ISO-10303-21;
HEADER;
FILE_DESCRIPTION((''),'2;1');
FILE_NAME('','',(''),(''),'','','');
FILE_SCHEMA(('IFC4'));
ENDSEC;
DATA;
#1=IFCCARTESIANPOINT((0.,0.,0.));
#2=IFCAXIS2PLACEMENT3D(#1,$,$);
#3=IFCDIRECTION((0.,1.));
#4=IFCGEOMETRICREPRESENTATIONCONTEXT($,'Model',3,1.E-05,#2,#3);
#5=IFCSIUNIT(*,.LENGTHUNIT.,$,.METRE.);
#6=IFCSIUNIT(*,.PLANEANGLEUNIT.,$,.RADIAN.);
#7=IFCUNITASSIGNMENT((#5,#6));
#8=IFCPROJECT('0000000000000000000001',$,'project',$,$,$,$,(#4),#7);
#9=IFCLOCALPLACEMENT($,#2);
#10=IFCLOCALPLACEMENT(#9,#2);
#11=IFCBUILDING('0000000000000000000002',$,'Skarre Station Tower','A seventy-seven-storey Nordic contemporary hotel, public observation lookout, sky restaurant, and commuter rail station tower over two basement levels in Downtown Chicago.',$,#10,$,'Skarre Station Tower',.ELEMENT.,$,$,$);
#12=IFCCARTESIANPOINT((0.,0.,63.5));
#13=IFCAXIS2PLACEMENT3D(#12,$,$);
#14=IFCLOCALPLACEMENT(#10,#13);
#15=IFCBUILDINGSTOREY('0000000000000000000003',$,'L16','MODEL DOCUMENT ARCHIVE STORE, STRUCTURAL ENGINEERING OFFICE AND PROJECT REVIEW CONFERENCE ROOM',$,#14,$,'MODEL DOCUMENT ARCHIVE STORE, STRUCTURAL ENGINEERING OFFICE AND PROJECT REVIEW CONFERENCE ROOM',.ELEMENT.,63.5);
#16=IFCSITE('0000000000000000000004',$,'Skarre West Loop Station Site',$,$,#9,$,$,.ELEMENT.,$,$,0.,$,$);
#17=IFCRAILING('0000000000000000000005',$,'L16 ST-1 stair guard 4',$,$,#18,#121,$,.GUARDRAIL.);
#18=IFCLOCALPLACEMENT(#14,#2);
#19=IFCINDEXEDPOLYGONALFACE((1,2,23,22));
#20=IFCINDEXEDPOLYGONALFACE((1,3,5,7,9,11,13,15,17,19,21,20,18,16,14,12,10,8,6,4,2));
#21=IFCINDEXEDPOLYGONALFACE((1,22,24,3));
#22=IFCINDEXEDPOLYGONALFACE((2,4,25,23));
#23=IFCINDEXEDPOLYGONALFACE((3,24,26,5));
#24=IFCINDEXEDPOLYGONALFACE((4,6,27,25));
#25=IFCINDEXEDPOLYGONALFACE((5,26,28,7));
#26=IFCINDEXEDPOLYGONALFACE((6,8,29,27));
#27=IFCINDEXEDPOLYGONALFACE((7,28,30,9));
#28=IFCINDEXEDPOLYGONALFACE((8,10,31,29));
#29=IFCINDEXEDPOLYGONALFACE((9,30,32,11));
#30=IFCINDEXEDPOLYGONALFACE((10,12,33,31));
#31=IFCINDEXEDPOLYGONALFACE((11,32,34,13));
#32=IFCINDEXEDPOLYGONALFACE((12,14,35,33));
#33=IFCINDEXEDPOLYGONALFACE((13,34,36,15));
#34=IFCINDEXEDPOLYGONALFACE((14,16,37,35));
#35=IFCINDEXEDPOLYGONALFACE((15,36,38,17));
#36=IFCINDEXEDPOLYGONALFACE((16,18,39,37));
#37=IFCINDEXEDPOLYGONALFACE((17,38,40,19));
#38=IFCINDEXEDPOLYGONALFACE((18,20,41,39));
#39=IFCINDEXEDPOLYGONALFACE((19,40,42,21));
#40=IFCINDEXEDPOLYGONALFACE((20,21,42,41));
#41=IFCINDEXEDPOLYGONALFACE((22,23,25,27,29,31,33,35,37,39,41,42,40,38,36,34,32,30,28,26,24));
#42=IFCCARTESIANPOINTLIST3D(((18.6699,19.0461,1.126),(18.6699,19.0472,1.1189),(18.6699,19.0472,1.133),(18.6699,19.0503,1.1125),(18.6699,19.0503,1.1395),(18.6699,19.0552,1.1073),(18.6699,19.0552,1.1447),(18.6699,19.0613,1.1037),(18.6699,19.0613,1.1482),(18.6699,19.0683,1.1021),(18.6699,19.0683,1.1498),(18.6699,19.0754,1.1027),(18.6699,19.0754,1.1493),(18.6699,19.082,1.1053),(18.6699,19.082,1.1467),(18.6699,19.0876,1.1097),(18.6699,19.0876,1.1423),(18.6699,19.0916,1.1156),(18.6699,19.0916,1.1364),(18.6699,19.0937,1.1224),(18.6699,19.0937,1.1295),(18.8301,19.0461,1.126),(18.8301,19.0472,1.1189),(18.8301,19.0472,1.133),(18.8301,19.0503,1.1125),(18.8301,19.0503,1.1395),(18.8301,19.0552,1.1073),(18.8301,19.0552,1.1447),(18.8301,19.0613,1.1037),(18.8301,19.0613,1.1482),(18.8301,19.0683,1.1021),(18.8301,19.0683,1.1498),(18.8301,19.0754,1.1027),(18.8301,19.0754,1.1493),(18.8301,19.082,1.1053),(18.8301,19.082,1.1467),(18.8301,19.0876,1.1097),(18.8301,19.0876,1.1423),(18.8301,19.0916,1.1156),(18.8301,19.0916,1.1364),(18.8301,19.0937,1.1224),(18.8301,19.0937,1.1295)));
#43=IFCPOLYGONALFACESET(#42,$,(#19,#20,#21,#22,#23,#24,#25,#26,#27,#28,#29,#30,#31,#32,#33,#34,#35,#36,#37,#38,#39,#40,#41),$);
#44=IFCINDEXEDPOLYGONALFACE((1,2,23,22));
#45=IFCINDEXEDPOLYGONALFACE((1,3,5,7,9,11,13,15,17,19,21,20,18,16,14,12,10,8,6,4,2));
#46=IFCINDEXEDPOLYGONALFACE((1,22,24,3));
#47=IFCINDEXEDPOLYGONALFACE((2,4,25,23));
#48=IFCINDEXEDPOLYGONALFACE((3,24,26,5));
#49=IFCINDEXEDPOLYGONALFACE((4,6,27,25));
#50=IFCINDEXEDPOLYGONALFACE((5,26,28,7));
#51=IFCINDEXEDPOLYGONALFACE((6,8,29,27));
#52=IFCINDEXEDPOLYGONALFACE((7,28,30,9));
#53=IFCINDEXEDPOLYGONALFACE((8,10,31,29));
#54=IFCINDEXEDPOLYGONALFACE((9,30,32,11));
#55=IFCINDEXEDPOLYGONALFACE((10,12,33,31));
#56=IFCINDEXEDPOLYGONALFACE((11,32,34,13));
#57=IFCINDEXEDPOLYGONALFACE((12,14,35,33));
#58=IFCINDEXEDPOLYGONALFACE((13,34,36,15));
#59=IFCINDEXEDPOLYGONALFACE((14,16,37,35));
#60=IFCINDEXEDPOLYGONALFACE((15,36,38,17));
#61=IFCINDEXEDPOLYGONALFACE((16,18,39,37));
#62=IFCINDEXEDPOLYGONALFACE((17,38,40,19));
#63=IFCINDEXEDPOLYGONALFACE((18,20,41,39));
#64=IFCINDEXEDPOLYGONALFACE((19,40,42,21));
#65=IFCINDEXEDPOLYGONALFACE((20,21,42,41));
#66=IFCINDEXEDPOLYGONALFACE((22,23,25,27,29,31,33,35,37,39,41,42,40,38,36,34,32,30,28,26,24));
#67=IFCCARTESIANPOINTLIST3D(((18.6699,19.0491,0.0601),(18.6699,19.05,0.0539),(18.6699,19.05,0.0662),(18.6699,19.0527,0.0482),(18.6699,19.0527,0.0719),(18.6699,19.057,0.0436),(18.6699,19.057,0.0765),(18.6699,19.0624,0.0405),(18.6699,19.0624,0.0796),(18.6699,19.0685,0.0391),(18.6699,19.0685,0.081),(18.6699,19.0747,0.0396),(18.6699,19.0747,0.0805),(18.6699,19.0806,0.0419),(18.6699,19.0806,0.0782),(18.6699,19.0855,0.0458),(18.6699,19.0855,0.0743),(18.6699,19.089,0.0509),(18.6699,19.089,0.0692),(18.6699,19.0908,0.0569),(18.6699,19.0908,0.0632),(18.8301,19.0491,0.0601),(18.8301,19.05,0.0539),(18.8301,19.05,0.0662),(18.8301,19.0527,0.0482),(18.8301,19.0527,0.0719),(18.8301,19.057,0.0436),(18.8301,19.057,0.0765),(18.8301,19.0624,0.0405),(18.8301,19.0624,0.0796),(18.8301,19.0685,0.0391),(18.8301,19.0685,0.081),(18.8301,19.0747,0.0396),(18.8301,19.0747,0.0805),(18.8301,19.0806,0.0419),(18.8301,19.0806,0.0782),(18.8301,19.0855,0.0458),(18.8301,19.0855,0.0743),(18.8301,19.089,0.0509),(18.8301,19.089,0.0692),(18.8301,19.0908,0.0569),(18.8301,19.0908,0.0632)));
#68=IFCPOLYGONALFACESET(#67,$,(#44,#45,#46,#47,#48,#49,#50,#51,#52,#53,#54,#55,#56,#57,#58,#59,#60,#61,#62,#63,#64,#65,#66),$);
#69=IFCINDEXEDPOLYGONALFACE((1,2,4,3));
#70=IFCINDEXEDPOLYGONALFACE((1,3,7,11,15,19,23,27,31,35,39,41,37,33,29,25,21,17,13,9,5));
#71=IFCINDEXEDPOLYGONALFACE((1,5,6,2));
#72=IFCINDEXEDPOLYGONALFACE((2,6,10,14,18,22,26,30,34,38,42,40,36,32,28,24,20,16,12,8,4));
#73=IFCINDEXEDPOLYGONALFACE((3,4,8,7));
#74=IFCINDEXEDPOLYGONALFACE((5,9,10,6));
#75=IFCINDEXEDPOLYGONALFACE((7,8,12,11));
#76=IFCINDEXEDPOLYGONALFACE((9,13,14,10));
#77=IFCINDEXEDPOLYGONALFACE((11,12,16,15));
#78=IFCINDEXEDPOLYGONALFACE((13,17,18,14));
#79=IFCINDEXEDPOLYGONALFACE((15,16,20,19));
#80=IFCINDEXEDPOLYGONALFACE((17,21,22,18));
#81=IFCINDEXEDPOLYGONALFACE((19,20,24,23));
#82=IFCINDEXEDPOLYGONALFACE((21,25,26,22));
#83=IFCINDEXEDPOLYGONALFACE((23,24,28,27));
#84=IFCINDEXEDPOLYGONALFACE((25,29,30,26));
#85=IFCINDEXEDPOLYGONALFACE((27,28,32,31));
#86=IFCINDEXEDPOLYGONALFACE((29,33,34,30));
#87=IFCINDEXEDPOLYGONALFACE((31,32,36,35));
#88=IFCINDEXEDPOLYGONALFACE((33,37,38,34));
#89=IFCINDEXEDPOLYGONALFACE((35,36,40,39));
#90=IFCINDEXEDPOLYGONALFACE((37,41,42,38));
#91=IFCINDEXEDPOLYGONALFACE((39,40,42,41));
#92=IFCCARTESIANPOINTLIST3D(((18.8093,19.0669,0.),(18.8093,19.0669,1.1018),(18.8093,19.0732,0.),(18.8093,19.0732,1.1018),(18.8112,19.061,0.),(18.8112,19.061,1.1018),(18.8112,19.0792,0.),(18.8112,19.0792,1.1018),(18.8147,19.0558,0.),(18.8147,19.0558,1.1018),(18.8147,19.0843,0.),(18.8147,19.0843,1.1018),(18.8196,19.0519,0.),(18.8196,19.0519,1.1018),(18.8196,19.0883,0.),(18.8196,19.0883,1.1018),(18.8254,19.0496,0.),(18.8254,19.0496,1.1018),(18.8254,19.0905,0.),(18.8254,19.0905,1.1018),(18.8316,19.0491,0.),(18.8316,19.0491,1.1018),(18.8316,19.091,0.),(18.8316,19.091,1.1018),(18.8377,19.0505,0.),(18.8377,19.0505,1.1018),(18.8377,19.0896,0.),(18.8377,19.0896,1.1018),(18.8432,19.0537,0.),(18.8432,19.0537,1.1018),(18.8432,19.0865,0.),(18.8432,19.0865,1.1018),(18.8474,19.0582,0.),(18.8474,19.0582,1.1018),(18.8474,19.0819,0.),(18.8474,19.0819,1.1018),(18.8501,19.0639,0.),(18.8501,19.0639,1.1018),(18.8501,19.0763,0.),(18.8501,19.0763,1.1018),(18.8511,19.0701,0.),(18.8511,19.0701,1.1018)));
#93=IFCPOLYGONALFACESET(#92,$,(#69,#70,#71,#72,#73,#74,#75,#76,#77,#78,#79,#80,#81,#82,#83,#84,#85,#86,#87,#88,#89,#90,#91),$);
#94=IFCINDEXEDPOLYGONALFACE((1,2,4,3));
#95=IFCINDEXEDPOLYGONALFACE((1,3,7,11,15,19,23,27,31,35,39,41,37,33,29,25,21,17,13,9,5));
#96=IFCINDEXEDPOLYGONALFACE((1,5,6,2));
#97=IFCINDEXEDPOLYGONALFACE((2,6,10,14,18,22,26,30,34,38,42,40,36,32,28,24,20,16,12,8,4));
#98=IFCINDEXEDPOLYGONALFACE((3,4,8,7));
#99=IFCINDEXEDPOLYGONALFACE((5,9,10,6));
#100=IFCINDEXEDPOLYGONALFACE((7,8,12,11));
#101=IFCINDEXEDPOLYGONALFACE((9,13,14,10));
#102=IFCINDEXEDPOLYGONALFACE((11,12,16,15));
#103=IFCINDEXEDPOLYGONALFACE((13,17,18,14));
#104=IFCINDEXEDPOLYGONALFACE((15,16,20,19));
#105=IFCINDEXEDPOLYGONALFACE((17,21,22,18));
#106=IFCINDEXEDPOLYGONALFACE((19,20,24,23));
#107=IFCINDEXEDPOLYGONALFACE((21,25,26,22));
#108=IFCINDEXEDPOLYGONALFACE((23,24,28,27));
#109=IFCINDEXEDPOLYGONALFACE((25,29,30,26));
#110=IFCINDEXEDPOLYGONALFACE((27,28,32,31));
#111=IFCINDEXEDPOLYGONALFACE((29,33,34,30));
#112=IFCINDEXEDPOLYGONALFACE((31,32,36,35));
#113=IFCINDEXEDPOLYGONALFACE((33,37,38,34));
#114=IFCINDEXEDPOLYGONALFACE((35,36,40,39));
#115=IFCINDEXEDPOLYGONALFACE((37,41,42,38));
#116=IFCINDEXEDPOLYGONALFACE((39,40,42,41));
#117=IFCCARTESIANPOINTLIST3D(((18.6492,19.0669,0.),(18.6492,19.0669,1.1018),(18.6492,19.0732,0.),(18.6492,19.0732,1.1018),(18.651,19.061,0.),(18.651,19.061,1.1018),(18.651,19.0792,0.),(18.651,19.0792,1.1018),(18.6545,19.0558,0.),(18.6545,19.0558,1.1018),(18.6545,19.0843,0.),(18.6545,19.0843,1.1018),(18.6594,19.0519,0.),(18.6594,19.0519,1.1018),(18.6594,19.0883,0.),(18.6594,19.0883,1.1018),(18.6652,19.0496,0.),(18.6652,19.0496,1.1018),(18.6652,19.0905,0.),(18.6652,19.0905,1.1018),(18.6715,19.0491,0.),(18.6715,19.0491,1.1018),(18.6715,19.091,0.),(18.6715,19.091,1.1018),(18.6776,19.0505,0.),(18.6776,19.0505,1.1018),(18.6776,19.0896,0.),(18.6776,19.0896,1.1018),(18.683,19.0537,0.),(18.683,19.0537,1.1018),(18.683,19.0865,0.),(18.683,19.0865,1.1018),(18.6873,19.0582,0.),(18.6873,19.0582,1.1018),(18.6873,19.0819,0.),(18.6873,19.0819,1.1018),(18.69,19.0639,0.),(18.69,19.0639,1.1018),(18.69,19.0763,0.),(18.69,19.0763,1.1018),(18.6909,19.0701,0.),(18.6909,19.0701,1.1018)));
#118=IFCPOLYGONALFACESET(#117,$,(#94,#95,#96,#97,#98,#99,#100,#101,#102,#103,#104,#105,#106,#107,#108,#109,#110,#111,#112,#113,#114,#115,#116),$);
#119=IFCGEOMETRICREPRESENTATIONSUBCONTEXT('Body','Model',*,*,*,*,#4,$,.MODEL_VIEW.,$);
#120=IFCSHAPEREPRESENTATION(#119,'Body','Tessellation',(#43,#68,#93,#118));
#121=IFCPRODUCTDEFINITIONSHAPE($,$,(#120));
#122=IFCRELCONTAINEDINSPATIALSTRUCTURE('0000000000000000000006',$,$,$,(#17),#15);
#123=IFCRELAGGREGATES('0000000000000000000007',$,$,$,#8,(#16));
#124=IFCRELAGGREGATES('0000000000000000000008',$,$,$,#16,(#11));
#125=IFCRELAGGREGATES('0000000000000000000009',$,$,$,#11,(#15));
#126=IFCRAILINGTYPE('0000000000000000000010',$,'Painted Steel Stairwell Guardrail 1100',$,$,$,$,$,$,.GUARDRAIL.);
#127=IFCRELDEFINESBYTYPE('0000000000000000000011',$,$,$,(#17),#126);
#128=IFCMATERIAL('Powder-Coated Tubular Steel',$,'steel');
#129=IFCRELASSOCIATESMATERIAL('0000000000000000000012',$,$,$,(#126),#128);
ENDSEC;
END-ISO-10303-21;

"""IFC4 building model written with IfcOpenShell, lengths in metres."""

from ifc_helpers import new_model, si_unit, direction, frame, origin, origin_2d, place, context, subcontext, project, spatial, circle, extrude, material, type_object, element, save


model = new_model("IFC4")

# Units and contexts
model_context = context("Model", 3, precision=1e-05, world=origin(), true_north=direction((0.0, 1.0)))
body_context = subcontext(model_context, "Body", "Model", "MODEL_VIEW")
ifc_project = project(units=[si_unit("LENGTHUNIT", "METRE"), si_unit("PLANEANGLEUNIT", "RADIAN")], contexts=[model_context])

# Site, building, storey
site_placement = place(None, origin())
site = spatial("IfcSite", under=ifc_project, at=site_placement, Name="Skarre West Loop Station Site", CompositionType="ELEMENT", RefElevation=0.0)
building_placement = place(site_placement, origin())
building = spatial("IfcBuilding", under=site, at=building_placement, Name="Skarre Station Tower", Description="A seventy-seven-storey Nordic contemporary hotel, public observation lookout, sky restaurant, and commuter rail station tower over two basement levels in Downtown Chicago.", LongName="Skarre Station Tower", CompositionType="ELEMENT")
storey_placement = place(building_placement, frame((0.0, 0.0, 63.5)))
storey = spatial("IfcBuildingStorey", under=building, at=storey_placement, Name="L16", Description="MODEL DOCUMENT ARCHIVE STORE, STRUCTURAL ENGINEERING OFFICE AND PROJECT REVIEW CONFERENCE ROOM", LongName="MODEL DOCUMENT ARCHIVE STORE, STRUCTURAL ENGINEERING OFFICE AND PROJECT REVIEW CONFERENCE ROOM", CompositionType="ELEMENT", Elevation=63.5)

# Railing
ifc_material_1 = material(Name="Powder-Coated Tubular Steel", Category="steel")
railing_type = type_object("IfcRailingType", Name="Painted Steel Stairwell Guardrail 1100", PredefinedType="GUARDRAIL", material=ifc_material_1)
railing_1_placement = place(storey_placement, frame((18.8301, 19.0701, 0.0)))
element("IfcRailing", 1, at=railing_1_placement, inside=storey, type_object=railing_type, Name="L16 ST-1 stair guard 4", PredefinedType="GUARDRAIL", context=body_context, shape_type="SweptSolid", body=[
    extrude(circle(Radius=0.0239, at=origin_2d()), frame((0.0, 0.0, 1.126), z_axis=(-1.0, 0.0, 0.0), x_axis=(0.0, -1.0, 0.0)), (0.0, 0.0, 1.0), 0.1602),
    extrude(circle(Radius=0.021, at=origin_2d()), frame((0.0, 0.0, 0.0601), z_axis=(-1.0, 0.0, 0.0), x_axis=(0.0, -1.0, 0.0)), (0.0, 0.0, 1.0), 0.1602),
    extrude(circle(Radius=0.021, at=origin_2d()), origin(), (0.0, 0.0, 1.0), 1.1018),
    extrude(circle(Radius=0.021, at=origin_2d()), frame((-0.1602, 0.0, 0.0)), (0.0, 0.0, 1.0), 1.1018),
])

save(model, "model.ifc")
